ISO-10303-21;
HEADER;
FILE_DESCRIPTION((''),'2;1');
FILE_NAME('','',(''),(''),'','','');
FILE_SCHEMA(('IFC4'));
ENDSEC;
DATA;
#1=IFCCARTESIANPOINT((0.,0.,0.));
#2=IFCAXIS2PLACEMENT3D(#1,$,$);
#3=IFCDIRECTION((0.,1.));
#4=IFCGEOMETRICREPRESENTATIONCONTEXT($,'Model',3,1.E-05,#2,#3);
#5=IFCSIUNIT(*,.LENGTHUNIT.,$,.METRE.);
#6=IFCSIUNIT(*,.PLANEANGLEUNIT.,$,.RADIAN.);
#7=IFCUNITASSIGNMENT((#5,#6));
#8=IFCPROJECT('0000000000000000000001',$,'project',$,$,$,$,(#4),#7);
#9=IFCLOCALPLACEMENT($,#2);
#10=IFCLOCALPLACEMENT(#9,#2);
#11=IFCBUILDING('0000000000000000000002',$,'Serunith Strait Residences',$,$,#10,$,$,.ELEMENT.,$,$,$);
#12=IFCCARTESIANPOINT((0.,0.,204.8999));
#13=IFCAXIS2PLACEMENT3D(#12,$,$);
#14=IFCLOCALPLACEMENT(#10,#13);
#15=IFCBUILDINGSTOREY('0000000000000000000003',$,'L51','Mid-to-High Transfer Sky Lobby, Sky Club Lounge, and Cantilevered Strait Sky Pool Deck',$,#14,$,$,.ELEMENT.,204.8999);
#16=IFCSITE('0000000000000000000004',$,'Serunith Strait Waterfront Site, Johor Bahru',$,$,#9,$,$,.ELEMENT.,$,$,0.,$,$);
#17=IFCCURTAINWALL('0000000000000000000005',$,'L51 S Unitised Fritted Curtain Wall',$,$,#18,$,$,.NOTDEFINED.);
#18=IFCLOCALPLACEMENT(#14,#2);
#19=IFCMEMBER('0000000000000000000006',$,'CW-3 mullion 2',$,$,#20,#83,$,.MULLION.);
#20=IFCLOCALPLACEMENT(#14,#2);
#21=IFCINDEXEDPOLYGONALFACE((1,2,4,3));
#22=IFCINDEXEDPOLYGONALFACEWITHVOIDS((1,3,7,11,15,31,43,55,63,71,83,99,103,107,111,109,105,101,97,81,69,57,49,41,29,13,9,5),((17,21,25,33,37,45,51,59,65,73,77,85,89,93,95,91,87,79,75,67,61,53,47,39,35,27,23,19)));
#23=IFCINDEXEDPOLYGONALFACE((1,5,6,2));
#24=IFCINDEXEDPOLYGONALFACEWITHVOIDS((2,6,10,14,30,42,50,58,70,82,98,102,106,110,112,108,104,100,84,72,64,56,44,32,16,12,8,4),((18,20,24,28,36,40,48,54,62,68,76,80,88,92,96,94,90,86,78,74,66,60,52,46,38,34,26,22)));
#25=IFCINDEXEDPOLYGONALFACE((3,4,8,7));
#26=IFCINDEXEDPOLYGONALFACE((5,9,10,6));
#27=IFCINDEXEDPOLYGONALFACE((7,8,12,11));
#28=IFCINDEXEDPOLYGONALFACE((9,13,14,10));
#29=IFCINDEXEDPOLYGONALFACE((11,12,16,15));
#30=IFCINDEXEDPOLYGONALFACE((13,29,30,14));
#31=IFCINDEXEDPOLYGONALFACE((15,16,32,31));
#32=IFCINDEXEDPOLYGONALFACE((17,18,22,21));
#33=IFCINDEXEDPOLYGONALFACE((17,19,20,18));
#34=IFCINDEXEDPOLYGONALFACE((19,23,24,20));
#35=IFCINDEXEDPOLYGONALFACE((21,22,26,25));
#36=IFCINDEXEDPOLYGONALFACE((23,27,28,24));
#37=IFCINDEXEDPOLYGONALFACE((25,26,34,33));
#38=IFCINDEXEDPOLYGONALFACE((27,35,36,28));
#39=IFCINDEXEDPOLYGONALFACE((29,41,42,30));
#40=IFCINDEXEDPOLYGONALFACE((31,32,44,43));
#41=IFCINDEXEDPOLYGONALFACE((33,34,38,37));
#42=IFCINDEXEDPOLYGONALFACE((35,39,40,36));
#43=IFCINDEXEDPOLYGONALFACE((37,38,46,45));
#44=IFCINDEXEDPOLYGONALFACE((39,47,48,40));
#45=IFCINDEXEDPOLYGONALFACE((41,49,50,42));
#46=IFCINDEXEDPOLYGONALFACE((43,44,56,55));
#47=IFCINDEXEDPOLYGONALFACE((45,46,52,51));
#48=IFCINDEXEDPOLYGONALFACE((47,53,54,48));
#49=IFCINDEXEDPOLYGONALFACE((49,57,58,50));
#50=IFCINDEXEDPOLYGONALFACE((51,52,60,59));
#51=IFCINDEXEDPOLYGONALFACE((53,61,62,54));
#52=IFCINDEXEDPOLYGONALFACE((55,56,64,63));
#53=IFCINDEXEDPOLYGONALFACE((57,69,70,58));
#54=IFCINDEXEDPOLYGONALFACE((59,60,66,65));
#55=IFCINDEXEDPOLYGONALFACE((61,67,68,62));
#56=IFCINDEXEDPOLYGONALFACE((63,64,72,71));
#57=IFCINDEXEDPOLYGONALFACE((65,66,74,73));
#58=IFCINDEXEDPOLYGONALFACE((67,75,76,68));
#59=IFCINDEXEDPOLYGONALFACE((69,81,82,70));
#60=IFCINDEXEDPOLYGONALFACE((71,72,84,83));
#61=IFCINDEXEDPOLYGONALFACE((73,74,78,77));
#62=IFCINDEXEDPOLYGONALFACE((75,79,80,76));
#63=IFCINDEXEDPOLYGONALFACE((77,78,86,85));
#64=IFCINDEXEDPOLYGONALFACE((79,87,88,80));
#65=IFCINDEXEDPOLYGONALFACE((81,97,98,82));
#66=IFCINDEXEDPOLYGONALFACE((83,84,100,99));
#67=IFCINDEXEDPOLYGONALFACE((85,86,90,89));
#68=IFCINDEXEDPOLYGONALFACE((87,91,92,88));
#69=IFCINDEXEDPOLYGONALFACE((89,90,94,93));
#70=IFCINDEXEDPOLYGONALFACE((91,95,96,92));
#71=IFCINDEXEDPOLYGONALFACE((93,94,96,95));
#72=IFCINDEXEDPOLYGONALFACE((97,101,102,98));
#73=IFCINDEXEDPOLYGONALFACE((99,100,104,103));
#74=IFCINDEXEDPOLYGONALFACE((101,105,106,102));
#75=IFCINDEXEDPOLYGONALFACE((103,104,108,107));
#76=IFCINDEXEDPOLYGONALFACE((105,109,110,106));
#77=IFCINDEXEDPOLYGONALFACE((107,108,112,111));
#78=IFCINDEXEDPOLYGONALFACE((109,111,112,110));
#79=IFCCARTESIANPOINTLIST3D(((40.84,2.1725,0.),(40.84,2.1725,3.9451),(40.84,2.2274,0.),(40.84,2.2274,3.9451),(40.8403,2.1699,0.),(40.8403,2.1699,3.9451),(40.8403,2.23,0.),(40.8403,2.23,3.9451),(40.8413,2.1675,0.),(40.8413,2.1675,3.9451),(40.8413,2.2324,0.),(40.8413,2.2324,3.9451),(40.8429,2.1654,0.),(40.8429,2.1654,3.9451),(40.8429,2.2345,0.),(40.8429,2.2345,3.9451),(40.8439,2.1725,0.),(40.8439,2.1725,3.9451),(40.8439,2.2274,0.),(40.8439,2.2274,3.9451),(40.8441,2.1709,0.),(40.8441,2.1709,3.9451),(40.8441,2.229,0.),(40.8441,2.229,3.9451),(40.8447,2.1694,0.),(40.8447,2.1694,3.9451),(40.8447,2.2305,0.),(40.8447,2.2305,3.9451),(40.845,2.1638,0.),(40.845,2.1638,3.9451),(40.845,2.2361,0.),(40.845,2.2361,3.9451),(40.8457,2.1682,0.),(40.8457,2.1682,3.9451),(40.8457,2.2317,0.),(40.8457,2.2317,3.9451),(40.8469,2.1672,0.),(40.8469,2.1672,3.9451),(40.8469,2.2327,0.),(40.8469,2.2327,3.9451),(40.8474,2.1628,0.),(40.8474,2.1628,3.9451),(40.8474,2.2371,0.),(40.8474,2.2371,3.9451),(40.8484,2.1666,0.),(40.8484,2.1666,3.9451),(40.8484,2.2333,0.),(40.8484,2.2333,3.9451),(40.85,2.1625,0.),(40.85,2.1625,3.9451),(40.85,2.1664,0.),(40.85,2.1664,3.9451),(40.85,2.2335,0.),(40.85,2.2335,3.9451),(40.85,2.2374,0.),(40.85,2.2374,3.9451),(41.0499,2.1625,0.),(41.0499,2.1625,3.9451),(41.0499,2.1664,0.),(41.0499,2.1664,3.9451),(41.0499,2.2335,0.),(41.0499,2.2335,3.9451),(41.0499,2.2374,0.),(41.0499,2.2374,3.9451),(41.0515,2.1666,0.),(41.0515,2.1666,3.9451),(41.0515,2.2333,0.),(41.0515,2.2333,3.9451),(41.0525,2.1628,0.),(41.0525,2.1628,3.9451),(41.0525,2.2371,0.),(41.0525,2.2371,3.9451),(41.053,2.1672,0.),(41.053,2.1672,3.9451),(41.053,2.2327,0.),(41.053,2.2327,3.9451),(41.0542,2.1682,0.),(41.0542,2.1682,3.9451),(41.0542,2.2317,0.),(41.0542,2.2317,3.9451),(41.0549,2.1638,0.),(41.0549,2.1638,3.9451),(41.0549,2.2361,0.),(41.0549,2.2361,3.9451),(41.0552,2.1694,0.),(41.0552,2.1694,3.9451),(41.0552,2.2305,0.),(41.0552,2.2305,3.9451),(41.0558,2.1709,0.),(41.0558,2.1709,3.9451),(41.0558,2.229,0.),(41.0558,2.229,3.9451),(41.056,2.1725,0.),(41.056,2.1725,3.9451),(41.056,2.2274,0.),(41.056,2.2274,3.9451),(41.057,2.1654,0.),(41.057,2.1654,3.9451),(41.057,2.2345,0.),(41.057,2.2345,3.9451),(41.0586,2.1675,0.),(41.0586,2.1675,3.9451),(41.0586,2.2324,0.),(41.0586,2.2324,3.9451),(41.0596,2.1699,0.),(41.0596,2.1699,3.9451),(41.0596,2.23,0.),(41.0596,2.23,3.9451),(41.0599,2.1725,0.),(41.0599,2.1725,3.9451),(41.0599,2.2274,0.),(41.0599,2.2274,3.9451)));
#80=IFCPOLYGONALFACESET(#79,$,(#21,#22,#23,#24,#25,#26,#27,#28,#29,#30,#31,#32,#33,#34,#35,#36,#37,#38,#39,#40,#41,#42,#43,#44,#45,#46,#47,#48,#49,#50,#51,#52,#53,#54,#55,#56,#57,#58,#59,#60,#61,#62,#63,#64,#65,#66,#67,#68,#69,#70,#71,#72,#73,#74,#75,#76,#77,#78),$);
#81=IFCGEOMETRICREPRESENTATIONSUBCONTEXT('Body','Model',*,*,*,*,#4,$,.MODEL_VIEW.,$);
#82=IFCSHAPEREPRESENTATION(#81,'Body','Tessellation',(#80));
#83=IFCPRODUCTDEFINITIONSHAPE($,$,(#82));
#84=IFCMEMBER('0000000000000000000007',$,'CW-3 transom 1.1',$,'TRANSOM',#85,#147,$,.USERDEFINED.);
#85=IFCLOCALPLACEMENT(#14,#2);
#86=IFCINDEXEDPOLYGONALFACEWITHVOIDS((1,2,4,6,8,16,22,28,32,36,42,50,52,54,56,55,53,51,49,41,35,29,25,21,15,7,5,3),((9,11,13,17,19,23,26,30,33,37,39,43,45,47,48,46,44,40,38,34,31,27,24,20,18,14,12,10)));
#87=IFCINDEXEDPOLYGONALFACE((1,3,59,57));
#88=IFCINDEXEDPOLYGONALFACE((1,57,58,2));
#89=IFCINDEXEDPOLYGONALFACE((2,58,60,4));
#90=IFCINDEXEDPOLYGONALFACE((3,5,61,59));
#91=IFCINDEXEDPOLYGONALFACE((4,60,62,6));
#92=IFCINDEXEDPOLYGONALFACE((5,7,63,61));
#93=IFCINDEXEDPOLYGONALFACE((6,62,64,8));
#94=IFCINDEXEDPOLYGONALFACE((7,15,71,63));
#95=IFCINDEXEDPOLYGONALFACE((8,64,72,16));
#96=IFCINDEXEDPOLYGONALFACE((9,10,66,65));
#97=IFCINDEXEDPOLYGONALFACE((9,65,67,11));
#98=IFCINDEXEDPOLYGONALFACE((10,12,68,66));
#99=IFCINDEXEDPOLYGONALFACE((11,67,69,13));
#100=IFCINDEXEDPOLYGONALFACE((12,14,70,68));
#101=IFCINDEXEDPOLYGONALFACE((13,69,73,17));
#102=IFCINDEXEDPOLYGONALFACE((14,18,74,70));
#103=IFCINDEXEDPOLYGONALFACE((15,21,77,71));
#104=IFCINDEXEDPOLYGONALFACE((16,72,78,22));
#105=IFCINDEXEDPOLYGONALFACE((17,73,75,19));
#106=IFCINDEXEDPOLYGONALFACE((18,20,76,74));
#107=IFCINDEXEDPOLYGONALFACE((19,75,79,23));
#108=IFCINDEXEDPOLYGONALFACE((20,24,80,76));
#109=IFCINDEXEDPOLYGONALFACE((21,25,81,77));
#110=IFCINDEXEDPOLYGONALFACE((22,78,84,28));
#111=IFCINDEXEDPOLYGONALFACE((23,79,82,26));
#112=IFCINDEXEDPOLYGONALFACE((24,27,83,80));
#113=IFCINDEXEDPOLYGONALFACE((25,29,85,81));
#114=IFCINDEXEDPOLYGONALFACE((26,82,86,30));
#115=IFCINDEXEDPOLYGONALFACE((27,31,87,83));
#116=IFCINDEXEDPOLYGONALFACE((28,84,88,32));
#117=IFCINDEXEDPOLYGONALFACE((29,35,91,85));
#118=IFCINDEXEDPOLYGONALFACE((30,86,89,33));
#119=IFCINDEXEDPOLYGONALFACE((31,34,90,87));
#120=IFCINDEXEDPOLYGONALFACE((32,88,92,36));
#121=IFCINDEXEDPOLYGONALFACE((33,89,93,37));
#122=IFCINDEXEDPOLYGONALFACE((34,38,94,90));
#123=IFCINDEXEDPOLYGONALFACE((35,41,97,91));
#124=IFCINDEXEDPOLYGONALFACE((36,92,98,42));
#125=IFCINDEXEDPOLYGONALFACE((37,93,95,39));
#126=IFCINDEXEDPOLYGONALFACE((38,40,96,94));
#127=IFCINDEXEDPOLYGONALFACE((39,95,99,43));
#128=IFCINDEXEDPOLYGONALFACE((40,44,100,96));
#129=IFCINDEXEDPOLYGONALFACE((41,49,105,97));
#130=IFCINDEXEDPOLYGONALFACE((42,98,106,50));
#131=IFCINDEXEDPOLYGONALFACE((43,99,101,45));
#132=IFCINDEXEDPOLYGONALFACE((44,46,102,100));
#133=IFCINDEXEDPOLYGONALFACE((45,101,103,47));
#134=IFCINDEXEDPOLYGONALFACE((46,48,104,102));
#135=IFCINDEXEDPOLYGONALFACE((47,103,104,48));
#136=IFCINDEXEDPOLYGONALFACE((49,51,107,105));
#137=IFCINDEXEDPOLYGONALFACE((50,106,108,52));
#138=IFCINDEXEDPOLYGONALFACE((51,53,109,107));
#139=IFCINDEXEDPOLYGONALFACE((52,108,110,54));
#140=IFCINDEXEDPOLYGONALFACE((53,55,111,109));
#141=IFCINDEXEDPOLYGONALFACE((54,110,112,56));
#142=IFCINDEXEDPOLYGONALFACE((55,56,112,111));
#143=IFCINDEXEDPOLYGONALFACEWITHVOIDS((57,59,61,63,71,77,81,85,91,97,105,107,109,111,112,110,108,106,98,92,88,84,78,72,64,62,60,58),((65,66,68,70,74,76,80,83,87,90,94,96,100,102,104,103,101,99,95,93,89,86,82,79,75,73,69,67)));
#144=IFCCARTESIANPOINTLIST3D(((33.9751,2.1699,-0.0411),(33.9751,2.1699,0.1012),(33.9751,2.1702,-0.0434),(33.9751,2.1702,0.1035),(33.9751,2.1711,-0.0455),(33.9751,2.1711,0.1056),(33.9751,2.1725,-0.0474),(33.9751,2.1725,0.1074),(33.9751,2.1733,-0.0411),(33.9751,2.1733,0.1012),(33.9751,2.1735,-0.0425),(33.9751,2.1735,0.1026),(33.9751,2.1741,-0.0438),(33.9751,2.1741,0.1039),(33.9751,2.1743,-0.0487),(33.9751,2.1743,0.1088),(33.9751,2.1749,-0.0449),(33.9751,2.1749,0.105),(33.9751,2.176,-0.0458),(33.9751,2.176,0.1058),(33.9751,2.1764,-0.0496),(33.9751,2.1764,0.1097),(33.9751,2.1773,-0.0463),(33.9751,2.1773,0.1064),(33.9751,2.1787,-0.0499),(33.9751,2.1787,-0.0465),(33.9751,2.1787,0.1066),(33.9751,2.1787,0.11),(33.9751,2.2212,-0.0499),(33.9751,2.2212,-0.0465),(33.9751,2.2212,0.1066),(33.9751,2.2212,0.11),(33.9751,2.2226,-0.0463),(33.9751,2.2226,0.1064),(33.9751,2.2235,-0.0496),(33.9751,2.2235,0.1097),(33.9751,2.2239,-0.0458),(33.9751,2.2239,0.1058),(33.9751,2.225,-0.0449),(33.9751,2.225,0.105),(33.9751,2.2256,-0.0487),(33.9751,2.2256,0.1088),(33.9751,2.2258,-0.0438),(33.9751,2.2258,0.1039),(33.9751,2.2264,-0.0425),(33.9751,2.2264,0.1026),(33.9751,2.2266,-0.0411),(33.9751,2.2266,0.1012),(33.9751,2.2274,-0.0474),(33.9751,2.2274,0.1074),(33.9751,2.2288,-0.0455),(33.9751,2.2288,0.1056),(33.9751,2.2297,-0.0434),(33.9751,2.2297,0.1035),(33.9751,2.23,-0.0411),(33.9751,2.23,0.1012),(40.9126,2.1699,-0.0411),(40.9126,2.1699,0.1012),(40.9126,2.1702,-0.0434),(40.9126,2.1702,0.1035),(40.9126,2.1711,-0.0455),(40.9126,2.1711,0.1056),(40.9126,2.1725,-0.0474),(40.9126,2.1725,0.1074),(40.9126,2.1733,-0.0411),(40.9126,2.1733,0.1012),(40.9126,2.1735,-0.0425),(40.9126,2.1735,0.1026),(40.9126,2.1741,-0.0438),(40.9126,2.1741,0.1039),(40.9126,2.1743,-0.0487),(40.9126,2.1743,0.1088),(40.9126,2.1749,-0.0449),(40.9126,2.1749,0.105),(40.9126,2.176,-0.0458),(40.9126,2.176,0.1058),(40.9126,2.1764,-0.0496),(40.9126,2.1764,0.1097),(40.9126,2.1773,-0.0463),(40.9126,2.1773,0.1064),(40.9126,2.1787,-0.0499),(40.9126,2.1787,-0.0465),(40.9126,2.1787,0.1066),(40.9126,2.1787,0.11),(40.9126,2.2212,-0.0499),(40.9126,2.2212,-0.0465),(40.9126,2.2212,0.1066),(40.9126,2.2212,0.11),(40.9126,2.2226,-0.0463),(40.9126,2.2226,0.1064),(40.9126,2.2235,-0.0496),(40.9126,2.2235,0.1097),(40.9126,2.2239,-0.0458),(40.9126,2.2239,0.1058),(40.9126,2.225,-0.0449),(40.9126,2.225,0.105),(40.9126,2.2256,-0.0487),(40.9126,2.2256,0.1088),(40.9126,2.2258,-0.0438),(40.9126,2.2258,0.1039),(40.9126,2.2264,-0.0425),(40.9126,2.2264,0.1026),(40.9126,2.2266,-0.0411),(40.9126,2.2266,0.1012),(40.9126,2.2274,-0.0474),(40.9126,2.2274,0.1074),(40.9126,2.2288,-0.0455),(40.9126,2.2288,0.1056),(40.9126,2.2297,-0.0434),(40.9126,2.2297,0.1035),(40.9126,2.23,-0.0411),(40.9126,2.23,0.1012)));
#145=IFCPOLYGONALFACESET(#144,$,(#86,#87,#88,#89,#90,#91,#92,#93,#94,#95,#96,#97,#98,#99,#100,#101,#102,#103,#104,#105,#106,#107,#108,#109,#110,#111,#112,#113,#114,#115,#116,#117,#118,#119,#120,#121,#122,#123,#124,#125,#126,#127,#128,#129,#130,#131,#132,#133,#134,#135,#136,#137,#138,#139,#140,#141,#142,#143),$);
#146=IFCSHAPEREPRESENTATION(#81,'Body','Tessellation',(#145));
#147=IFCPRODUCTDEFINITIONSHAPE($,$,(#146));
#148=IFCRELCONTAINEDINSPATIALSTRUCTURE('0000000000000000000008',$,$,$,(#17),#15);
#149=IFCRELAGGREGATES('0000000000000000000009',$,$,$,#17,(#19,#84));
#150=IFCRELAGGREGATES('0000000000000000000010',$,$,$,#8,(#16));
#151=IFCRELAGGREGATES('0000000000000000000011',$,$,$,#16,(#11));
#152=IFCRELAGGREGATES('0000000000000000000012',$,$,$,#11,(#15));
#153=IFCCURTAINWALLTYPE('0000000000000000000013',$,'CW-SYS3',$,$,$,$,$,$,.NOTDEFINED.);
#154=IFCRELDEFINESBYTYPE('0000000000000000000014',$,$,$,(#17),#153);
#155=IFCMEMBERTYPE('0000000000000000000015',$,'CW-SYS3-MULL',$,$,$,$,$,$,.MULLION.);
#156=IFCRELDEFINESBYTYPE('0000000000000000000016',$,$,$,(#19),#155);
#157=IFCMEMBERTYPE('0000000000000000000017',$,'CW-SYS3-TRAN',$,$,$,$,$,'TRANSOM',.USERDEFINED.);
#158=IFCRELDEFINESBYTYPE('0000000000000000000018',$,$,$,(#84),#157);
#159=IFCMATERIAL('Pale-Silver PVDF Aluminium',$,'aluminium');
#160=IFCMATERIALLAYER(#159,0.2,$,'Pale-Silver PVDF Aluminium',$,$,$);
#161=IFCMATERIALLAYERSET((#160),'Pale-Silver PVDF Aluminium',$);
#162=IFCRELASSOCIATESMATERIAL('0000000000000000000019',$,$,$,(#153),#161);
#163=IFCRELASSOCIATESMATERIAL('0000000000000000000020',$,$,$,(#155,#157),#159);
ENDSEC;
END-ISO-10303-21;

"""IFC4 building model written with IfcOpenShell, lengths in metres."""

from ifc_helpers import new_model, si_unit, direction, frame, origin, origin_2d, place, context, subcontext, project, spatial, hollow_rectangle, extrude, source, transform, mapped, material, layer, layer_set, material_profile, profile_set, type_object, element, aggregate, save


model = new_model("IFC4")

# Units and contexts
model_context = context("Model", 3, precision=1e-05, world=origin(), true_north=direction((0.0, 1.0)))
body_context = subcontext(model_context, "Body", "Model", "MODEL_VIEW")
ifc_project = project(units=[si_unit("LENGTHUNIT", "METRE"), si_unit("PLANEANGLEUNIT", "RADIAN")], contexts=[model_context])

# Site, building, storey
site_placement = place(None, origin())
site = spatial("IfcSite", under=ifc_project, at=site_placement, Name="Serunith Strait Waterfront Site, Johor Bahru", CompositionType="ELEMENT", RefElevation=0.0)
building_placement = place(site_placement, origin())
building = spatial("IfcBuilding", under=site, at=building_placement, Name="Serunith Strait Residences", CompositionType="ELEMENT")
storey_placement = place(building_placement, frame((0.0, 0.0, 204.8999)))
storey = spatial("IfcBuildingStorey", under=building, at=storey_placement, Name="L51", Description="Mid-to-High Transfer Sky Lobby, Sky Club Lounge, and Cantilevered Strait Sky Pool Deck", CompositionType="ELEMENT", Elevation=204.8999)

# Shared definitions
ifc_material_1 = material(Name="Pale-Silver PVDF Aluminium", Category="aluminium")
ifc_layer_1 = layer(ifc_material_1, 0.2, Name="Pale-Silver PVDF Aluminium")
ifc_layer_set_1 = layer_set([ifc_layer_1], Name="Pale-Silver PVDF Aluminium")
curtain_wall_type = type_object("IfcCurtainWallType", Name="CW-SYS3", PredefinedType="NOTDEFINED", material=ifc_layer_set_1)
ifc_material_profile_1 = material_profile(ifc_material_1, hollow_rectangle(XDim=0.075, YDim=0.22, WallThickness=0.0039, InnerFilletRadius=0.0061, OuterFilletRadius=0.01, at=origin_2d()), Name="ALU 220x75x4")
ifc_profile_set_1 = profile_set([ifc_material_profile_1], Name="Pale-Silver PVDF Aluminium")
member_type_1 = type_object("IfcMemberType", Name="CW-SYS3-MULL", PredefinedType="MULLION", material=ifc_profile_set_1)
shared_shape_1 = source(origin(), body_context, "Body", "SweptSolid", [
    extrude(hollow_rectangle(XDim=0.075, YDim=0.22, WallThickness=0.0039, InnerFilletRadius=0.0061, OuterFilletRadius=0.01, at=origin_2d()), origin(), (0.0, 0.0, 1.0), 3.9451),
])

# Curtain wall, members
curtain_wall_1_placement = place(storey_placement, origin())
curtain_wall_1 = element("IfcCurtainWall", 1, at=curtain_wall_1_placement, inside=storey, type_object=curtain_wall_type, Name="L51 S Unitised Fritted Curtain Wall", PredefinedType="NOTDEFINED")
member_1_placement = place(storey_placement, frame((40.95, 2.2, 0.0), z_axis=(0.0, 0.0, 1.0), x_axis=(0.0, 1.0, 0.0)))
member_1 = element("IfcMember", 2, at=member_1_placement, type_object=member_type_1, Name="CW-3 mullion 2", PredefinedType="MULLION", context=body_context, shape_type="MappedRepresentation", body=[
    mapped(shared_shape_1, transform((0.0, 0.0, 0.0), scale=1.0)),
])
ifc_material_profile_2 = material_profile(ifc_material_1, hollow_rectangle(XDim=0.0601, YDim=0.1599, WallThickness=0.0034, InnerFilletRadius=0.0054, OuterFilletRadius=0.0088, at=origin_2d()), Name="ALU 160x60x3.5")
ifc_profile_set_2 = profile_set([ifc_material_profile_2], Name="Pale-Silver PVDF Aluminium")
member_type_2 = type_object("IfcMemberType", Name="CW-SYS3-TRAN", ElementType="TRANSOM", PredefinedType="USERDEFINED", material=ifc_profile_set_2)
shared_shape_2 = source(origin(), body_context, "Body", "SweptSolid", [
    extrude(hollow_rectangle(XDim=0.0601, YDim=0.1599, WallThickness=0.0034, InnerFilletRadius=0.0054, OuterFilletRadius=0.0088, at=origin_2d()), origin(), (0.0, 0.0, 1.0), 6.9375),
])
member_2_placement = place(storey_placement, frame((33.9751, 2.2, 0.03), z_axis=(1.0, 0.0, 0.0), x_axis=(0.0, 1.0, 0.0)))
member_2 = element("IfcMember", 3, at=member_2_placement, type_object=member_type_2, Name="CW-3 transom 1.1", ObjectType="TRANSOM", PredefinedType="USERDEFINED", context=body_context, shape_type="MappedRepresentation", body=[
    mapped(shared_shape_2, transform((0.0, 0.0, 0.0), scale=1.0)),
])
aggregate(curtain_wall_1, [member_1, member_2])

save(model, "model.ifc")
